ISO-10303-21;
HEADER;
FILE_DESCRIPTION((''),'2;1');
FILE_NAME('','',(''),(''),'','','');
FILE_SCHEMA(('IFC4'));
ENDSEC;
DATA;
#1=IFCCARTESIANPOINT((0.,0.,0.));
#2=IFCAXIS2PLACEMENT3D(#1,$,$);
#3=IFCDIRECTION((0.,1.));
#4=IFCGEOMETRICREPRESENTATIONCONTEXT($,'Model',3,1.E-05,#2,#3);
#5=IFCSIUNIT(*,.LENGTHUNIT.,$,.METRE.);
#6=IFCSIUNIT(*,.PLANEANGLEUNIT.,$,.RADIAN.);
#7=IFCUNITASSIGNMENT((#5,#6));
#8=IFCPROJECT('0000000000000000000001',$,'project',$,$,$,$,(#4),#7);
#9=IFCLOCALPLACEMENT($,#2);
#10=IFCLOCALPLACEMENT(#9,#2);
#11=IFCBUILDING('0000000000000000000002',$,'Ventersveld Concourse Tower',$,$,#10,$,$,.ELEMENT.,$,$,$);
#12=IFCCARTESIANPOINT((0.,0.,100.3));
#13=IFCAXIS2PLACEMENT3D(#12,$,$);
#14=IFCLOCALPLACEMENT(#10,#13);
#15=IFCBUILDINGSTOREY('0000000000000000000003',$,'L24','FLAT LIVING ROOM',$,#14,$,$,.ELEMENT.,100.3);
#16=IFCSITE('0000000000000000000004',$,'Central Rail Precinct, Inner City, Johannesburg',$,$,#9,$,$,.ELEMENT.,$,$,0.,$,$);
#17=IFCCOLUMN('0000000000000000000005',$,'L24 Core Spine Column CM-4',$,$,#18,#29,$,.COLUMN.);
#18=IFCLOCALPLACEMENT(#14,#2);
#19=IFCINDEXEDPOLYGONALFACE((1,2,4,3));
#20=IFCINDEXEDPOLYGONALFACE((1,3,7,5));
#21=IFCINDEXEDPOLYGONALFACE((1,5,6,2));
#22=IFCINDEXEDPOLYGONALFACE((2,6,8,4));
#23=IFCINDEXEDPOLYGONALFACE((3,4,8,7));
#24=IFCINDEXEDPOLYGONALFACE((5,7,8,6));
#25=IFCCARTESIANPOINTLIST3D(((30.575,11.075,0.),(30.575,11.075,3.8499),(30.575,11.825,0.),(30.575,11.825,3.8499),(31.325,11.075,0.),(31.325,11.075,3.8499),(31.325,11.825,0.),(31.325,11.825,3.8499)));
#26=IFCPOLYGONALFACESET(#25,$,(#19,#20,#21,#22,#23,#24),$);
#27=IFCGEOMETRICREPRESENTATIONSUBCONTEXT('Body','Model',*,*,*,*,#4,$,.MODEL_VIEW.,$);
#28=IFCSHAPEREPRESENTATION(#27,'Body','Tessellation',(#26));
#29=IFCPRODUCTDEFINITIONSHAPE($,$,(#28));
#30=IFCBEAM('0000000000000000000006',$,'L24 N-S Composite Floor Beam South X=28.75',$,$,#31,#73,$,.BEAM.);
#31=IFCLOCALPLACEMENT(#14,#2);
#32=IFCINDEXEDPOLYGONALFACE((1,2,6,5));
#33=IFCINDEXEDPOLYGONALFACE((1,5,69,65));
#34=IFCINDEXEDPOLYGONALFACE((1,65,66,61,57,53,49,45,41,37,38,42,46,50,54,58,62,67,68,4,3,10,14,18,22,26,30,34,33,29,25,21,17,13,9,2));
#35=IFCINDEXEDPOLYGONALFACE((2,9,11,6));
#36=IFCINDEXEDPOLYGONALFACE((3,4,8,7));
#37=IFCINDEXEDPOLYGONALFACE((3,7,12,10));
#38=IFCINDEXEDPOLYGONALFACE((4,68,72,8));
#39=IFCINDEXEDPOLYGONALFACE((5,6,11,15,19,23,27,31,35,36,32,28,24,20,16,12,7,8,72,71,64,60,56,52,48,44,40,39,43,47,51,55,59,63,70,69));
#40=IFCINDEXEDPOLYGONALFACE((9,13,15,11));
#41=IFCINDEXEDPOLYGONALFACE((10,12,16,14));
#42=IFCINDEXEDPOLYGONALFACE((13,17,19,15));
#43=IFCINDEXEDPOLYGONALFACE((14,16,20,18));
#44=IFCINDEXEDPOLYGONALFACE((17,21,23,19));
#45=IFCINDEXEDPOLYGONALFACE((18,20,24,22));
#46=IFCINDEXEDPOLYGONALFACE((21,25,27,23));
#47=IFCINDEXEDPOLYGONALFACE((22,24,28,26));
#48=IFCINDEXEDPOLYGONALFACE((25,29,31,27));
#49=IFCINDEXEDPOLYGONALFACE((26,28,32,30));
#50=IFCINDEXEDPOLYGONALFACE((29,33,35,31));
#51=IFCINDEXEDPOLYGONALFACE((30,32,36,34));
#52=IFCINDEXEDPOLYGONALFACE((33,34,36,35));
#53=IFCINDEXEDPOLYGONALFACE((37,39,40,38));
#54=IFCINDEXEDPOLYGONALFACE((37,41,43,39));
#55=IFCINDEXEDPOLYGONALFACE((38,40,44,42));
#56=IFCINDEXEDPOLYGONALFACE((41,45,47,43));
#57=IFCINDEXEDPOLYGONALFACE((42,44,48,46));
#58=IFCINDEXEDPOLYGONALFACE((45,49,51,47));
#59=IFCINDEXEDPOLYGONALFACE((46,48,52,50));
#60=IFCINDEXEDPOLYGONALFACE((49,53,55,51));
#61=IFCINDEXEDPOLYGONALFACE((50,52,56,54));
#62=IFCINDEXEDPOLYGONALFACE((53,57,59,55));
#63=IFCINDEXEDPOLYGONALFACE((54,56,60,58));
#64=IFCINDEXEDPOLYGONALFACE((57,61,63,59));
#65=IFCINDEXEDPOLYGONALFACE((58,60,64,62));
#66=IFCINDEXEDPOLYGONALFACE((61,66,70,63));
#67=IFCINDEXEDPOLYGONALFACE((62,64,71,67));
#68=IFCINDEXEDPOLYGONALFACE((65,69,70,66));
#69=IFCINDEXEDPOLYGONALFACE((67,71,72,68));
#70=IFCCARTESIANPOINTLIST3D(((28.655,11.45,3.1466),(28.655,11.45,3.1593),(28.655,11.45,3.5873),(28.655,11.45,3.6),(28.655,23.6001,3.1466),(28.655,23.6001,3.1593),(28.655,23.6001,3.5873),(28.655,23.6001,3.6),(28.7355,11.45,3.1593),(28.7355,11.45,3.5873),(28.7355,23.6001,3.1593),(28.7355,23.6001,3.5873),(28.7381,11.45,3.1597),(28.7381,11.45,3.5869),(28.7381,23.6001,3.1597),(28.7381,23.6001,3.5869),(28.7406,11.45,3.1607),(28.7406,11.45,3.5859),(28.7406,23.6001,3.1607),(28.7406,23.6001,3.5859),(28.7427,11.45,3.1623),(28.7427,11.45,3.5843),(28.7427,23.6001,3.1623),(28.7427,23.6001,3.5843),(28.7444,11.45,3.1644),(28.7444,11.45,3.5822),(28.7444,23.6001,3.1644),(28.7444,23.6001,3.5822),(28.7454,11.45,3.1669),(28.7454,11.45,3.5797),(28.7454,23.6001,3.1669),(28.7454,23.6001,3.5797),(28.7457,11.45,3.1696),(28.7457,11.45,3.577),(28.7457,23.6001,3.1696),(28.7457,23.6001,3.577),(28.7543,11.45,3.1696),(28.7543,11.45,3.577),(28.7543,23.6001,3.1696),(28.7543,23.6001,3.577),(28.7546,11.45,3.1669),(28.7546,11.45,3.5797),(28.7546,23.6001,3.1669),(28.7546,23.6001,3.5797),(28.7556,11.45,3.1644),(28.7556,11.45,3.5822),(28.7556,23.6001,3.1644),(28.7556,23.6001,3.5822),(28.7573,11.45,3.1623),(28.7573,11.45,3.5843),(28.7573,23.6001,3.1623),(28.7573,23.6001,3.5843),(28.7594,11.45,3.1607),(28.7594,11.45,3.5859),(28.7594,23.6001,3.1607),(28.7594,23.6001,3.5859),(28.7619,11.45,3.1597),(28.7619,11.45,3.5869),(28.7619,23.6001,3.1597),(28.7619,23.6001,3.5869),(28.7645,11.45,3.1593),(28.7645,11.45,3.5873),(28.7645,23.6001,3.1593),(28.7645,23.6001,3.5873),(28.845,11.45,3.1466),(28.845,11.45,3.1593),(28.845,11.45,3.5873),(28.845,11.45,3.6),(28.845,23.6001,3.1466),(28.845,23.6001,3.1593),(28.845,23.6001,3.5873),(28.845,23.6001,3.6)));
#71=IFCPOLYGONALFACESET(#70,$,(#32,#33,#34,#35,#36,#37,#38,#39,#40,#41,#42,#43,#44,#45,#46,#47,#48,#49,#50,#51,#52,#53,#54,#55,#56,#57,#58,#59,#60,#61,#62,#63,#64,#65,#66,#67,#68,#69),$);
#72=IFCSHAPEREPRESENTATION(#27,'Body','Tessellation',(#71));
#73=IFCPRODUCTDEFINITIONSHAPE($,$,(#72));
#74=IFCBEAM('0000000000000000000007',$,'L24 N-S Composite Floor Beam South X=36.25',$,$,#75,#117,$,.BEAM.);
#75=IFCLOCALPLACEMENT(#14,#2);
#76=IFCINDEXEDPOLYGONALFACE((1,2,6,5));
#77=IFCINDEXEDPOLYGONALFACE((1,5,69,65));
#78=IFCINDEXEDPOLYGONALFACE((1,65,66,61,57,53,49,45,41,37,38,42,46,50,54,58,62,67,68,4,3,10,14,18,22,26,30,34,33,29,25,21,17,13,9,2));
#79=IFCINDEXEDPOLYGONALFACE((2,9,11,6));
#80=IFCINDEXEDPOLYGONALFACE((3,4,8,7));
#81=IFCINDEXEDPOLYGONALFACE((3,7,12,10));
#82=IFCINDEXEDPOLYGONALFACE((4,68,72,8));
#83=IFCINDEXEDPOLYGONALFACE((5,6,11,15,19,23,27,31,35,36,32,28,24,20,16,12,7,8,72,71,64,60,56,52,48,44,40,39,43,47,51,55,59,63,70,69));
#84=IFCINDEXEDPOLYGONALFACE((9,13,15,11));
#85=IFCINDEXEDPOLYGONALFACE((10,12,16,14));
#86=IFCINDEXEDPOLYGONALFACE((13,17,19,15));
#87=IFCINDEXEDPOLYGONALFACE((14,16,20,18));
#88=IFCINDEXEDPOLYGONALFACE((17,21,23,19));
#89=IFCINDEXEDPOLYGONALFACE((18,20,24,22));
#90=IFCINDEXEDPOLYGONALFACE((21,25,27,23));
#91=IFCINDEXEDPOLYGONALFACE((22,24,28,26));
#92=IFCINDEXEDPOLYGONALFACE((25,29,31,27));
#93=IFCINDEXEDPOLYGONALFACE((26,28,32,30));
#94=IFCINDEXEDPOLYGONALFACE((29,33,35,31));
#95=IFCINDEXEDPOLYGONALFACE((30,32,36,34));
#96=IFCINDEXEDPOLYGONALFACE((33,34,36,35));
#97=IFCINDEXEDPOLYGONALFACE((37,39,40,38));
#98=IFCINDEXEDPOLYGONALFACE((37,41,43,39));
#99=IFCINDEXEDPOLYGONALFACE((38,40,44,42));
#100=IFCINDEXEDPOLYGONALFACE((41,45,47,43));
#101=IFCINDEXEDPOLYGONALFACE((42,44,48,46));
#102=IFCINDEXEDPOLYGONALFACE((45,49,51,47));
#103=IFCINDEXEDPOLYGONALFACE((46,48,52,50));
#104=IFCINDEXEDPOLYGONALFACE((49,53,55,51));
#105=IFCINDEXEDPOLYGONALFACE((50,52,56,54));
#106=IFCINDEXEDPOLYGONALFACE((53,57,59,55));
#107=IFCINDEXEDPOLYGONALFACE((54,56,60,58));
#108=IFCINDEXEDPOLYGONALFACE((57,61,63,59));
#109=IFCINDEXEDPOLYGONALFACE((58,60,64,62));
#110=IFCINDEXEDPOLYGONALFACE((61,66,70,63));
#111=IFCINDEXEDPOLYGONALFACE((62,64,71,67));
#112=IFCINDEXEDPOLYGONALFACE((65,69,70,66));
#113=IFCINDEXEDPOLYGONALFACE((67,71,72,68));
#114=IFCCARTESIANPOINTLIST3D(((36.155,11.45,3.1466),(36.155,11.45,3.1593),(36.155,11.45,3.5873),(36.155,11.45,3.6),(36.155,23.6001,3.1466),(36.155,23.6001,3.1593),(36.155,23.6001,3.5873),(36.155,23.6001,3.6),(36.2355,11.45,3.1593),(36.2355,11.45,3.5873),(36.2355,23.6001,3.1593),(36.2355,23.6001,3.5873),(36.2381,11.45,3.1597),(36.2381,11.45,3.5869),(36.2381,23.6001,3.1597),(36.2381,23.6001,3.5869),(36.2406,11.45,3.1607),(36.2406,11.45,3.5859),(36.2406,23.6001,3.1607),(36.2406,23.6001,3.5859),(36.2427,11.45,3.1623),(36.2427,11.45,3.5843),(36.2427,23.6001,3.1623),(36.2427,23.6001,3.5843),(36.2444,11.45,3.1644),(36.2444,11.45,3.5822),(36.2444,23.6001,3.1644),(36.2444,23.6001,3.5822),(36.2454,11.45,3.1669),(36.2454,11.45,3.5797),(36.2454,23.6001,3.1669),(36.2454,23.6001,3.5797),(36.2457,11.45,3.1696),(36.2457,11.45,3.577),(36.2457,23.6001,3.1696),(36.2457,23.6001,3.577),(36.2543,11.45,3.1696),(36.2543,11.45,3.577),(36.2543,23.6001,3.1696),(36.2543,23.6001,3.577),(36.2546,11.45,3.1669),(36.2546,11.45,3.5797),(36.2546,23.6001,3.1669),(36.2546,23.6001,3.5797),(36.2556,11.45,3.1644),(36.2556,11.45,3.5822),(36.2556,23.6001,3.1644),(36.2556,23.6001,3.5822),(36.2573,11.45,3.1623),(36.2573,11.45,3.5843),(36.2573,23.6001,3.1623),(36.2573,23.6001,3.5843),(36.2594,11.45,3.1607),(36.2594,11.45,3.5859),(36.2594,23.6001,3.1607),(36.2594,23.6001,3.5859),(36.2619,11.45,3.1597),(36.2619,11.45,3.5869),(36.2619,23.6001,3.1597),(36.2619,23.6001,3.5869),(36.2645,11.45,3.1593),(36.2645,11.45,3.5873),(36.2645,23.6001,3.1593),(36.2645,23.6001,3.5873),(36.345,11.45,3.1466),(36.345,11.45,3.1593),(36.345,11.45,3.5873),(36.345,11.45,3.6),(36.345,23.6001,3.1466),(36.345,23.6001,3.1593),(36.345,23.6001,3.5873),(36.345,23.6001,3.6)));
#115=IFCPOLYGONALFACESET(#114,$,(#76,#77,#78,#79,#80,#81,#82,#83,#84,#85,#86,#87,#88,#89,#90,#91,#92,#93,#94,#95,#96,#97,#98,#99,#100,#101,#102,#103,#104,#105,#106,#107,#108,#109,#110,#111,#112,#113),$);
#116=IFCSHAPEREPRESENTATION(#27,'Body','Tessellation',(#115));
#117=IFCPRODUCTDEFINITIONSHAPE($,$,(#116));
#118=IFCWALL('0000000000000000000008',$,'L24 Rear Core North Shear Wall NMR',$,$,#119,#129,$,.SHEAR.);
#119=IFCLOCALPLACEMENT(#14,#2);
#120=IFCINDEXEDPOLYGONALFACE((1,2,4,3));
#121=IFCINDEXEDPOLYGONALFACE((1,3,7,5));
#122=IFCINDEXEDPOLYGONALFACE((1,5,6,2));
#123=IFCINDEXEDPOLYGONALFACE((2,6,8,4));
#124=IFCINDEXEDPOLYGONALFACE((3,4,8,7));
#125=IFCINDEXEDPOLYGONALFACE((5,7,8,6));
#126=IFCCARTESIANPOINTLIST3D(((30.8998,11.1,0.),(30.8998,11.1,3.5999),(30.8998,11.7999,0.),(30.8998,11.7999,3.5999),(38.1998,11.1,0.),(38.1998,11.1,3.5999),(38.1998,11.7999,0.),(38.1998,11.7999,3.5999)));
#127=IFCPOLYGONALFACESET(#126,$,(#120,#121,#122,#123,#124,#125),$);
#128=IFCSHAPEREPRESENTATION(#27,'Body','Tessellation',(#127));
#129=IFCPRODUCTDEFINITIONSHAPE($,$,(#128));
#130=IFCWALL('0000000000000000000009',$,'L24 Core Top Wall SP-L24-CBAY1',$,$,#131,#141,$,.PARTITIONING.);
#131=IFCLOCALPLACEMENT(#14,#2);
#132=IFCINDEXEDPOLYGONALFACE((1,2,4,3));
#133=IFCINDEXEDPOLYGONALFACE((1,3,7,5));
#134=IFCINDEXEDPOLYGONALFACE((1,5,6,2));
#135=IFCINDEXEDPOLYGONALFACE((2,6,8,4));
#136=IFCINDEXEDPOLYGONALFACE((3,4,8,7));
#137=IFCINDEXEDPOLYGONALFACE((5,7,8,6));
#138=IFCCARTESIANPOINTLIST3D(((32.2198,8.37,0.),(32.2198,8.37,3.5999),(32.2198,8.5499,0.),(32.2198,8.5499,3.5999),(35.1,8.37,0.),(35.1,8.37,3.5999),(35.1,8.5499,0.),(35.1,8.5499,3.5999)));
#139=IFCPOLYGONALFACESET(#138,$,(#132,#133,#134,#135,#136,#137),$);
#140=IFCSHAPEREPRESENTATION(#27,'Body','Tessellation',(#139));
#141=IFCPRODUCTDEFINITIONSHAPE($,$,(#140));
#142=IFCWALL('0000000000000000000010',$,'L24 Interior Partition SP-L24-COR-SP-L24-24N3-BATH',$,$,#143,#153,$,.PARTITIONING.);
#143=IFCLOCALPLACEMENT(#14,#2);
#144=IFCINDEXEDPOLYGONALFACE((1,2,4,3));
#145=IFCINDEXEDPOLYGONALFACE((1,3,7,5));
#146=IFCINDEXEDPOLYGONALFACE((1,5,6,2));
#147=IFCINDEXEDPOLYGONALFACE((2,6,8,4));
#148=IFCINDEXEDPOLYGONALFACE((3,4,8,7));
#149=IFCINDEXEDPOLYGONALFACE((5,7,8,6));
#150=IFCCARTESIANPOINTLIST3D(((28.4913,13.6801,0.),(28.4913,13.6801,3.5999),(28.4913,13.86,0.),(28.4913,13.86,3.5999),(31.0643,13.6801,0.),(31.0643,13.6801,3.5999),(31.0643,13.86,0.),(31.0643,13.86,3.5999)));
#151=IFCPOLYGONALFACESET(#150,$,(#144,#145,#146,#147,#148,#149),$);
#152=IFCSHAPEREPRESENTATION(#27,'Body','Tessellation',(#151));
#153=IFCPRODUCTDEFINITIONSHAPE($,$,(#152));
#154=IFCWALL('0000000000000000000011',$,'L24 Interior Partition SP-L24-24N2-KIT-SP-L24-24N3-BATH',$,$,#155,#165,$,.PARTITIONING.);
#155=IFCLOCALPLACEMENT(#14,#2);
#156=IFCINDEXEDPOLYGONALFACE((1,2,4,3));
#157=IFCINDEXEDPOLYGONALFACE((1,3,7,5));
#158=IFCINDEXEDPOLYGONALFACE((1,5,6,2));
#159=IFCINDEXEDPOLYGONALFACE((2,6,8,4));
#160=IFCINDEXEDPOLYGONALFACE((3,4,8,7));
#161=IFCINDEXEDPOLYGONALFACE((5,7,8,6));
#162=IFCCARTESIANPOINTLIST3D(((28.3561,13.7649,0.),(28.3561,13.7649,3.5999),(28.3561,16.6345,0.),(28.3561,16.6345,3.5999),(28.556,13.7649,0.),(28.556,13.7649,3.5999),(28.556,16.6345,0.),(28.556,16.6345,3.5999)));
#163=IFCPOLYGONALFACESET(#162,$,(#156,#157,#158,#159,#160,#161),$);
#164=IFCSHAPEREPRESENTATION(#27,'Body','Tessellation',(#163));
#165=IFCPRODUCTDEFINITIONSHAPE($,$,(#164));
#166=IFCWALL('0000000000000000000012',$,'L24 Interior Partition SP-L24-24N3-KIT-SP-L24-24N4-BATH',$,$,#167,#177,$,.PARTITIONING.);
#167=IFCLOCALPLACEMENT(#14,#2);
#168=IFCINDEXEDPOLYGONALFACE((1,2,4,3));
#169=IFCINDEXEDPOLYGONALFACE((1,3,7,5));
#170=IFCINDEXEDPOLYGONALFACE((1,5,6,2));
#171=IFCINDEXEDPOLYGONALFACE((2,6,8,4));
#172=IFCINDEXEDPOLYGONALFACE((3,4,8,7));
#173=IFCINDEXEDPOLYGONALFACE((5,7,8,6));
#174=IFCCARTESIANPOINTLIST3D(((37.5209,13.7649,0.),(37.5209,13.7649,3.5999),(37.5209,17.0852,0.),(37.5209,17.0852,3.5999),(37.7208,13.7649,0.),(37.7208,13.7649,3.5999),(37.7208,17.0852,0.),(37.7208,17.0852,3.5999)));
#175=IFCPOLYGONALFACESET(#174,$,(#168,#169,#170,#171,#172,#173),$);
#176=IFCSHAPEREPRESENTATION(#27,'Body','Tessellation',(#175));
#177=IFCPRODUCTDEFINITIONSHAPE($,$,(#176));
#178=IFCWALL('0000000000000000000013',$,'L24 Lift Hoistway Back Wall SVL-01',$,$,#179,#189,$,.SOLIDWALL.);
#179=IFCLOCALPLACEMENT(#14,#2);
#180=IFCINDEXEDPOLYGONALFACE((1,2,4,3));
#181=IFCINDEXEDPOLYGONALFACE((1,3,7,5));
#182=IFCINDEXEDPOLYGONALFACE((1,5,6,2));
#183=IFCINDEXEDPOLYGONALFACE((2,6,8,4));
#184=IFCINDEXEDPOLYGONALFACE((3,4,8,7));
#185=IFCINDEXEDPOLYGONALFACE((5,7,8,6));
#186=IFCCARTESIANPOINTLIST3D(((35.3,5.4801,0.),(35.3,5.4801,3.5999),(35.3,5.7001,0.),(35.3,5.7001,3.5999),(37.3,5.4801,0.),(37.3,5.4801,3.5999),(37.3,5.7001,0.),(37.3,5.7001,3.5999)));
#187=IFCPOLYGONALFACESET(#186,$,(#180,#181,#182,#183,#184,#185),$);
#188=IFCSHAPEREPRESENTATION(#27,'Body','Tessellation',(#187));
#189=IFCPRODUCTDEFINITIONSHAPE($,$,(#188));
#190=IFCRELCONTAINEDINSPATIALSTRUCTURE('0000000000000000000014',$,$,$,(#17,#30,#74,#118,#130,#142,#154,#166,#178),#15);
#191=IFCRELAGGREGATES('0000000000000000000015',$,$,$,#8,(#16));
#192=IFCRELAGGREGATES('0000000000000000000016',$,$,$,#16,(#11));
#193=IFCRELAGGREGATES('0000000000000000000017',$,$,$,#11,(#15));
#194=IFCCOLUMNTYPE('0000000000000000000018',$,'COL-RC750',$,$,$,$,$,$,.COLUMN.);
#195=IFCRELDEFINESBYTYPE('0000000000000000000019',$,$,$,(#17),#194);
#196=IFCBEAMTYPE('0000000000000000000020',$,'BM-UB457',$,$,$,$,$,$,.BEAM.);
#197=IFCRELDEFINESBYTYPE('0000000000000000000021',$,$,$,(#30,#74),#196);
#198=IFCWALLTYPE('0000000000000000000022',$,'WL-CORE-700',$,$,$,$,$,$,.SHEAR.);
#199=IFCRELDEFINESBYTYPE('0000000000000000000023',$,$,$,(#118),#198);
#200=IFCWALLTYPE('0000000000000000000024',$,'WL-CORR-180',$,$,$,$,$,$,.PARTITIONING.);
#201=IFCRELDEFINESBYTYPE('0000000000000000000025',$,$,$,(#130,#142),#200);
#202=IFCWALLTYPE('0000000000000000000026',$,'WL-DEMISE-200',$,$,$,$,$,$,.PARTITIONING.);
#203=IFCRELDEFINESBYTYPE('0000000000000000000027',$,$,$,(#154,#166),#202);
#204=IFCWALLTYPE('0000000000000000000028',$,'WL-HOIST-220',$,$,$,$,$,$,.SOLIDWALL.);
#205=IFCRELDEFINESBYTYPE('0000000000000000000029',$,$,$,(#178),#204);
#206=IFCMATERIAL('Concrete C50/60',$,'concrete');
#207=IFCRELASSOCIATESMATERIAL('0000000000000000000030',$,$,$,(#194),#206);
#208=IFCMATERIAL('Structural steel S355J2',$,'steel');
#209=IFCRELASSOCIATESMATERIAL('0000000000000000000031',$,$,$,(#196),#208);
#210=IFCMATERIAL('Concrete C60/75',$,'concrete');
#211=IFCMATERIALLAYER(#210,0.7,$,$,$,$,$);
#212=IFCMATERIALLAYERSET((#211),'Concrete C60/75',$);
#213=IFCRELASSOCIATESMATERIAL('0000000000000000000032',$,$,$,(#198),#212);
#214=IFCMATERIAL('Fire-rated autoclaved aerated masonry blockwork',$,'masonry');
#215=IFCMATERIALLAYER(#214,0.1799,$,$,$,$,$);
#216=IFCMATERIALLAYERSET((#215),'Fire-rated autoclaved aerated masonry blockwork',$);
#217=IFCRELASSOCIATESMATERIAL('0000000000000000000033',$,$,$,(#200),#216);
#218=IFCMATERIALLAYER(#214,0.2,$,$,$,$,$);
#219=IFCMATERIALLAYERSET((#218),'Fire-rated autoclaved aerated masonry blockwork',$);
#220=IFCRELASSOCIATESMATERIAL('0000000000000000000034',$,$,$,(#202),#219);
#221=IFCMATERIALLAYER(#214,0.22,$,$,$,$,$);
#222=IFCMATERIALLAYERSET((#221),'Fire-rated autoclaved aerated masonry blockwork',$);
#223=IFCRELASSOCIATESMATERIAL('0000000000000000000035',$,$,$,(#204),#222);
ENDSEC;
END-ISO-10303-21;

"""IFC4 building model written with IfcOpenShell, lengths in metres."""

from ifc_helpers import new_model, si_unit, direction, frame, frame_2d, origin, origin_2d, place, context, subcontext, project, spatial, rectangle, i_section, extrude, material, layer, layer_set, material_profile, profile_set, type_object, element, save


model = new_model("IFC4")

# Units and contexts
model_context = context("Model", 3, precision=1e-05, world=origin(), true_north=direction((0.0, 1.0)))
body_context = subcontext(model_context, "Body", "Model", "MODEL_VIEW")
ifc_project = project(units=[si_unit("LENGTHUNIT", "METRE"), si_unit("PLANEANGLEUNIT", "RADIAN")], contexts=[model_context])

# Site, building, storey
site_placement = place(None, origin())
site = spatial("IfcSite", under=ifc_project, at=site_placement, Name="Central Rail Precinct, Inner City, Johannesburg", CompositionType="ELEMENT", RefElevation=0.0)
building_placement = place(site_placement, origin())
building = spatial("IfcBuilding", under=site, at=building_placement, Name="Ventersveld Concourse Tower", CompositionType="ELEMENT")
storey_placement = place(building_placement, frame((0.0, 0.0, 100.3)))
storey = spatial("IfcBuildingStorey", under=building, at=storey_placement, Name="L24", Description="FLAT LIVING ROOM", CompositionType="ELEMENT", Elevation=100.3)

# Column
ifc_material_1 = material(Name="Concrete C50/60", Category="concrete")
ifc_material_profile_1 = material_profile(ifc_material_1, rectangle(XDim=0.75, YDim=0.75, at=origin_2d()), Name="RC 750x750")
ifc_profile_set_1 = profile_set([ifc_material_profile_1], Name="Concrete C50/60")
column_type = type_object("IfcColumnType", Name="COL-RC750", PredefinedType="COLUMN", material=ifc_profile_set_1)
column_placement = place(storey_placement, frame((30.95, 11.45, 0.0), z_axis=(0.0, 0.0, 1.0), x_axis=(1.0, 0.0, 0.0)))
element("IfcColumn", 1, at=column_placement, inside=storey, type_object=column_type, Name="L24 Core Spine Column CM-4", PredefinedType="COLUMN", context=body_context, shape_type="SweptSolid", body=[
    extrude(rectangle(XDim=0.75, YDim=0.75, at=origin_2d()), origin(), (0.0, 0.0, 1.0), 3.8499),
])

# Beams
ifc_material_2 = material(Name="Structural steel S355J2", Category="steel")
ifc_material_profile_2 = material_profile(ifc_material_2, i_section(OverallWidth=0.1899, OverallDepth=0.4534, WebThickness=0.0085, FlangeThickness=0.0127, FilletRadius=0.0103, at=origin_2d()), Name="UB 457x191x67")
ifc_profile_set_2 = profile_set([ifc_material_profile_2], Name="Structural steel S355J2")
beam_type = type_object("IfcBeamType", Name="BM-UB457", PredefinedType="BEAM", material=ifc_profile_set_2)
for number, where, z_axis, x_axis, name in (
    (2, (28.75, 11.45, 3.3733), (0.0, 1.0, 0.0), (-1.0, 0.0, 0.0), "L24 N-S Composite Floor Beam South X=28.75"),
    (3, (36.25, 11.45, 3.3733), (0.0, 1.0, 0.0), (-1.0, 0.0, 0.0), "L24 N-S Composite Floor Beam South X=36.25"),
):
    element("IfcBeam", number, at=place(storey_placement, frame(where, z_axis=z_axis, x_axis=x_axis)), inside=storey, type_object=beam_type, Name=name, PredefinedType="BEAM", context=body_context, shape_type="SweptSolid", body=[
        extrude(i_section(OverallWidth=0.1899, OverallDepth=0.4534, WebThickness=0.0085, FlangeThickness=0.0127, FilletRadius=0.0103, at=origin_2d()), origin(), (0.0, 0.0, 1.0), 12.1501),
    ])

# Wall
ifc_material_3 = material(Name="Concrete C60/75", Category="concrete")
ifc_layer_1 = layer(ifc_material_3, 0.7)
ifc_layer_set_1 = layer_set([ifc_layer_1], Name="Concrete C60/75")
wall_type_1 = type_object("IfcWallType", Name="WL-CORE-700", PredefinedType="SHEAR", material=ifc_layer_set_1)
wall_1_placement = place(storey_placement, frame((30.8999, 11.45, 0.0), z_axis=(0.0, 0.0, 1.0), x_axis=(1.0, 0.0, 0.0)))
element("IfcWall", 4, at=wall_1_placement, inside=storey, type_object=wall_type_1, Name="L24 Rear Core North Shear Wall NMR", PredefinedType="SHEAR", context=body_context, shape_type="SweptSolid", body=[
    extrude(rectangle(XDim=7.3, YDim=0.7, at=frame_2d((3.6499, 0.0))), origin(), (0.0, 0.0, 1.0), 3.5999),
])

# Shared definitions
ifc_material_4 = material(Name="Fire-rated autoclaved aerated masonry blockwork", Category="masonry")
ifc_layer_2 = layer(ifc_material_4, 0.1799)
ifc_layer_set_2 = layer_set([ifc_layer_2], Name="Fire-rated autoclaved aerated masonry blockwork")
wall_type_2 = type_object("IfcWallType", Name="WL-CORR-180", PredefinedType="PARTITIONING", material=ifc_layer_set_2)

# Wall
wall_2_placement = place(storey_placement, frame((32.22, 8.46, 0.0), z_axis=(0.0, 0.0, 1.0), x_axis=(1.0, 0.0, 0.0)))
element("IfcWall", 5, at=wall_2_placement, inside=storey, type_object=wall_type_2, Name="L24 Core Top Wall SP-L24-CBAY1", PredefinedType="PARTITIONING", context=body_context, shape_type="SweptSolid", body=[
    extrude(rectangle(XDim=2.8801, YDim=0.1799, at=frame_2d((1.4399, 0.0))), origin(), (0.0, 0.0, 1.0), 3.5999),
])

# Walls
wall_3_placement = place(storey_placement, frame((28.4912, 13.77, 0.0), z_axis=(0.0, 0.0, 1.0), x_axis=(1.0, 0.0, 0.0)))
element("IfcWall", 6, at=wall_3_placement, inside=storey, type_object=wall_type_2, Name="L24 Interior Partition SP-L24-COR-SP-L24-24N3-BATH", PredefinedType="PARTITIONING", context=body_context, shape_type="SweptSolid", body=[
    extrude(rectangle(XDim=2.573, YDim=0.1799, at=frame_2d((1.2866, 0.0))), origin(), (0.0, 0.0, 1.0), 3.5999),
])
ifc_layer_3 = layer(ifc_material_4, 0.2)
ifc_layer_set_3 = layer_set([ifc_layer_3], Name="Fire-rated autoclaved aerated masonry blockwork")
wall_type_3 = type_object("IfcWallType", Name="WL-DEMISE-200", PredefinedType="PARTITIONING", material=ifc_layer_set_3)
wall_4_placement = place(storey_placement, frame((28.4561, 13.7649, 0.0), z_axis=(0.0, 0.0, 1.0), x_axis=(0.0, 1.0, 0.0)))
element("IfcWall", 7, at=wall_4_placement, inside=storey, type_object=wall_type_3, Name="L24 Interior Partition SP-L24-24N2-KIT-SP-L24-24N3-BATH", PredefinedType="PARTITIONING", context=body_context, shape_type="SweptSolid", body=[
    extrude(rectangle(XDim=2.8696, YDim=0.2, at=frame_2d((1.4348, 0.0))), origin(), (0.0, 0.0, 1.0), 3.5999),
])
wall_5_placement = place(storey_placement, frame((37.6208, 13.7649, 0.0), z_axis=(0.0, 0.0, 1.0), x_axis=(0.0, 1.0, 0.0)))
element("IfcWall", 8, at=wall_5_placement, inside=storey, type_object=wall_type_3, Name="L24 Interior Partition SP-L24-24N3-KIT-SP-L24-24N4-BATH", PredefinedType="PARTITIONING", context=body_context, shape_type="SweptSolid", body=[
    extrude(rectangle(XDim=3.3203, YDim=0.2, at=frame_2d((1.6602, 0.0))), origin(), (0.0, 0.0, 1.0), 3.5999),
])
ifc_layer_4 = layer(ifc_material_4, 0.22)
ifc_layer_set_4 = layer_set([ifc_layer_4], Name="Fire-rated autoclaved aerated masonry blockwork")
wall_type_4 = type_object("IfcWallType", Name="WL-HOIST-220", PredefinedType="SOLIDWALL", material=ifc_layer_set_4)
wall_6_placement = place(storey_placement, frame((35.3, 5.5901, 0.0), z_axis=(0.0, 0.0, 1.0), x_axis=(1.0, 0.0, 0.0)))
element("IfcWall", 9, at=wall_6_placement, inside=storey, type_object=wall_type_4, Name="L24 Lift Hoistway Back Wall SVL-01", PredefinedType="SOLIDWALL", context=body_context, shape_type="SweptSolid", body=[
    extrude(rectangle(XDim=2.0, YDim=0.22, at=frame_2d((1.0, 0.0))), origin(), (0.0, 0.0, 1.0), 3.5999),
])

save(model, "model.ifc")
